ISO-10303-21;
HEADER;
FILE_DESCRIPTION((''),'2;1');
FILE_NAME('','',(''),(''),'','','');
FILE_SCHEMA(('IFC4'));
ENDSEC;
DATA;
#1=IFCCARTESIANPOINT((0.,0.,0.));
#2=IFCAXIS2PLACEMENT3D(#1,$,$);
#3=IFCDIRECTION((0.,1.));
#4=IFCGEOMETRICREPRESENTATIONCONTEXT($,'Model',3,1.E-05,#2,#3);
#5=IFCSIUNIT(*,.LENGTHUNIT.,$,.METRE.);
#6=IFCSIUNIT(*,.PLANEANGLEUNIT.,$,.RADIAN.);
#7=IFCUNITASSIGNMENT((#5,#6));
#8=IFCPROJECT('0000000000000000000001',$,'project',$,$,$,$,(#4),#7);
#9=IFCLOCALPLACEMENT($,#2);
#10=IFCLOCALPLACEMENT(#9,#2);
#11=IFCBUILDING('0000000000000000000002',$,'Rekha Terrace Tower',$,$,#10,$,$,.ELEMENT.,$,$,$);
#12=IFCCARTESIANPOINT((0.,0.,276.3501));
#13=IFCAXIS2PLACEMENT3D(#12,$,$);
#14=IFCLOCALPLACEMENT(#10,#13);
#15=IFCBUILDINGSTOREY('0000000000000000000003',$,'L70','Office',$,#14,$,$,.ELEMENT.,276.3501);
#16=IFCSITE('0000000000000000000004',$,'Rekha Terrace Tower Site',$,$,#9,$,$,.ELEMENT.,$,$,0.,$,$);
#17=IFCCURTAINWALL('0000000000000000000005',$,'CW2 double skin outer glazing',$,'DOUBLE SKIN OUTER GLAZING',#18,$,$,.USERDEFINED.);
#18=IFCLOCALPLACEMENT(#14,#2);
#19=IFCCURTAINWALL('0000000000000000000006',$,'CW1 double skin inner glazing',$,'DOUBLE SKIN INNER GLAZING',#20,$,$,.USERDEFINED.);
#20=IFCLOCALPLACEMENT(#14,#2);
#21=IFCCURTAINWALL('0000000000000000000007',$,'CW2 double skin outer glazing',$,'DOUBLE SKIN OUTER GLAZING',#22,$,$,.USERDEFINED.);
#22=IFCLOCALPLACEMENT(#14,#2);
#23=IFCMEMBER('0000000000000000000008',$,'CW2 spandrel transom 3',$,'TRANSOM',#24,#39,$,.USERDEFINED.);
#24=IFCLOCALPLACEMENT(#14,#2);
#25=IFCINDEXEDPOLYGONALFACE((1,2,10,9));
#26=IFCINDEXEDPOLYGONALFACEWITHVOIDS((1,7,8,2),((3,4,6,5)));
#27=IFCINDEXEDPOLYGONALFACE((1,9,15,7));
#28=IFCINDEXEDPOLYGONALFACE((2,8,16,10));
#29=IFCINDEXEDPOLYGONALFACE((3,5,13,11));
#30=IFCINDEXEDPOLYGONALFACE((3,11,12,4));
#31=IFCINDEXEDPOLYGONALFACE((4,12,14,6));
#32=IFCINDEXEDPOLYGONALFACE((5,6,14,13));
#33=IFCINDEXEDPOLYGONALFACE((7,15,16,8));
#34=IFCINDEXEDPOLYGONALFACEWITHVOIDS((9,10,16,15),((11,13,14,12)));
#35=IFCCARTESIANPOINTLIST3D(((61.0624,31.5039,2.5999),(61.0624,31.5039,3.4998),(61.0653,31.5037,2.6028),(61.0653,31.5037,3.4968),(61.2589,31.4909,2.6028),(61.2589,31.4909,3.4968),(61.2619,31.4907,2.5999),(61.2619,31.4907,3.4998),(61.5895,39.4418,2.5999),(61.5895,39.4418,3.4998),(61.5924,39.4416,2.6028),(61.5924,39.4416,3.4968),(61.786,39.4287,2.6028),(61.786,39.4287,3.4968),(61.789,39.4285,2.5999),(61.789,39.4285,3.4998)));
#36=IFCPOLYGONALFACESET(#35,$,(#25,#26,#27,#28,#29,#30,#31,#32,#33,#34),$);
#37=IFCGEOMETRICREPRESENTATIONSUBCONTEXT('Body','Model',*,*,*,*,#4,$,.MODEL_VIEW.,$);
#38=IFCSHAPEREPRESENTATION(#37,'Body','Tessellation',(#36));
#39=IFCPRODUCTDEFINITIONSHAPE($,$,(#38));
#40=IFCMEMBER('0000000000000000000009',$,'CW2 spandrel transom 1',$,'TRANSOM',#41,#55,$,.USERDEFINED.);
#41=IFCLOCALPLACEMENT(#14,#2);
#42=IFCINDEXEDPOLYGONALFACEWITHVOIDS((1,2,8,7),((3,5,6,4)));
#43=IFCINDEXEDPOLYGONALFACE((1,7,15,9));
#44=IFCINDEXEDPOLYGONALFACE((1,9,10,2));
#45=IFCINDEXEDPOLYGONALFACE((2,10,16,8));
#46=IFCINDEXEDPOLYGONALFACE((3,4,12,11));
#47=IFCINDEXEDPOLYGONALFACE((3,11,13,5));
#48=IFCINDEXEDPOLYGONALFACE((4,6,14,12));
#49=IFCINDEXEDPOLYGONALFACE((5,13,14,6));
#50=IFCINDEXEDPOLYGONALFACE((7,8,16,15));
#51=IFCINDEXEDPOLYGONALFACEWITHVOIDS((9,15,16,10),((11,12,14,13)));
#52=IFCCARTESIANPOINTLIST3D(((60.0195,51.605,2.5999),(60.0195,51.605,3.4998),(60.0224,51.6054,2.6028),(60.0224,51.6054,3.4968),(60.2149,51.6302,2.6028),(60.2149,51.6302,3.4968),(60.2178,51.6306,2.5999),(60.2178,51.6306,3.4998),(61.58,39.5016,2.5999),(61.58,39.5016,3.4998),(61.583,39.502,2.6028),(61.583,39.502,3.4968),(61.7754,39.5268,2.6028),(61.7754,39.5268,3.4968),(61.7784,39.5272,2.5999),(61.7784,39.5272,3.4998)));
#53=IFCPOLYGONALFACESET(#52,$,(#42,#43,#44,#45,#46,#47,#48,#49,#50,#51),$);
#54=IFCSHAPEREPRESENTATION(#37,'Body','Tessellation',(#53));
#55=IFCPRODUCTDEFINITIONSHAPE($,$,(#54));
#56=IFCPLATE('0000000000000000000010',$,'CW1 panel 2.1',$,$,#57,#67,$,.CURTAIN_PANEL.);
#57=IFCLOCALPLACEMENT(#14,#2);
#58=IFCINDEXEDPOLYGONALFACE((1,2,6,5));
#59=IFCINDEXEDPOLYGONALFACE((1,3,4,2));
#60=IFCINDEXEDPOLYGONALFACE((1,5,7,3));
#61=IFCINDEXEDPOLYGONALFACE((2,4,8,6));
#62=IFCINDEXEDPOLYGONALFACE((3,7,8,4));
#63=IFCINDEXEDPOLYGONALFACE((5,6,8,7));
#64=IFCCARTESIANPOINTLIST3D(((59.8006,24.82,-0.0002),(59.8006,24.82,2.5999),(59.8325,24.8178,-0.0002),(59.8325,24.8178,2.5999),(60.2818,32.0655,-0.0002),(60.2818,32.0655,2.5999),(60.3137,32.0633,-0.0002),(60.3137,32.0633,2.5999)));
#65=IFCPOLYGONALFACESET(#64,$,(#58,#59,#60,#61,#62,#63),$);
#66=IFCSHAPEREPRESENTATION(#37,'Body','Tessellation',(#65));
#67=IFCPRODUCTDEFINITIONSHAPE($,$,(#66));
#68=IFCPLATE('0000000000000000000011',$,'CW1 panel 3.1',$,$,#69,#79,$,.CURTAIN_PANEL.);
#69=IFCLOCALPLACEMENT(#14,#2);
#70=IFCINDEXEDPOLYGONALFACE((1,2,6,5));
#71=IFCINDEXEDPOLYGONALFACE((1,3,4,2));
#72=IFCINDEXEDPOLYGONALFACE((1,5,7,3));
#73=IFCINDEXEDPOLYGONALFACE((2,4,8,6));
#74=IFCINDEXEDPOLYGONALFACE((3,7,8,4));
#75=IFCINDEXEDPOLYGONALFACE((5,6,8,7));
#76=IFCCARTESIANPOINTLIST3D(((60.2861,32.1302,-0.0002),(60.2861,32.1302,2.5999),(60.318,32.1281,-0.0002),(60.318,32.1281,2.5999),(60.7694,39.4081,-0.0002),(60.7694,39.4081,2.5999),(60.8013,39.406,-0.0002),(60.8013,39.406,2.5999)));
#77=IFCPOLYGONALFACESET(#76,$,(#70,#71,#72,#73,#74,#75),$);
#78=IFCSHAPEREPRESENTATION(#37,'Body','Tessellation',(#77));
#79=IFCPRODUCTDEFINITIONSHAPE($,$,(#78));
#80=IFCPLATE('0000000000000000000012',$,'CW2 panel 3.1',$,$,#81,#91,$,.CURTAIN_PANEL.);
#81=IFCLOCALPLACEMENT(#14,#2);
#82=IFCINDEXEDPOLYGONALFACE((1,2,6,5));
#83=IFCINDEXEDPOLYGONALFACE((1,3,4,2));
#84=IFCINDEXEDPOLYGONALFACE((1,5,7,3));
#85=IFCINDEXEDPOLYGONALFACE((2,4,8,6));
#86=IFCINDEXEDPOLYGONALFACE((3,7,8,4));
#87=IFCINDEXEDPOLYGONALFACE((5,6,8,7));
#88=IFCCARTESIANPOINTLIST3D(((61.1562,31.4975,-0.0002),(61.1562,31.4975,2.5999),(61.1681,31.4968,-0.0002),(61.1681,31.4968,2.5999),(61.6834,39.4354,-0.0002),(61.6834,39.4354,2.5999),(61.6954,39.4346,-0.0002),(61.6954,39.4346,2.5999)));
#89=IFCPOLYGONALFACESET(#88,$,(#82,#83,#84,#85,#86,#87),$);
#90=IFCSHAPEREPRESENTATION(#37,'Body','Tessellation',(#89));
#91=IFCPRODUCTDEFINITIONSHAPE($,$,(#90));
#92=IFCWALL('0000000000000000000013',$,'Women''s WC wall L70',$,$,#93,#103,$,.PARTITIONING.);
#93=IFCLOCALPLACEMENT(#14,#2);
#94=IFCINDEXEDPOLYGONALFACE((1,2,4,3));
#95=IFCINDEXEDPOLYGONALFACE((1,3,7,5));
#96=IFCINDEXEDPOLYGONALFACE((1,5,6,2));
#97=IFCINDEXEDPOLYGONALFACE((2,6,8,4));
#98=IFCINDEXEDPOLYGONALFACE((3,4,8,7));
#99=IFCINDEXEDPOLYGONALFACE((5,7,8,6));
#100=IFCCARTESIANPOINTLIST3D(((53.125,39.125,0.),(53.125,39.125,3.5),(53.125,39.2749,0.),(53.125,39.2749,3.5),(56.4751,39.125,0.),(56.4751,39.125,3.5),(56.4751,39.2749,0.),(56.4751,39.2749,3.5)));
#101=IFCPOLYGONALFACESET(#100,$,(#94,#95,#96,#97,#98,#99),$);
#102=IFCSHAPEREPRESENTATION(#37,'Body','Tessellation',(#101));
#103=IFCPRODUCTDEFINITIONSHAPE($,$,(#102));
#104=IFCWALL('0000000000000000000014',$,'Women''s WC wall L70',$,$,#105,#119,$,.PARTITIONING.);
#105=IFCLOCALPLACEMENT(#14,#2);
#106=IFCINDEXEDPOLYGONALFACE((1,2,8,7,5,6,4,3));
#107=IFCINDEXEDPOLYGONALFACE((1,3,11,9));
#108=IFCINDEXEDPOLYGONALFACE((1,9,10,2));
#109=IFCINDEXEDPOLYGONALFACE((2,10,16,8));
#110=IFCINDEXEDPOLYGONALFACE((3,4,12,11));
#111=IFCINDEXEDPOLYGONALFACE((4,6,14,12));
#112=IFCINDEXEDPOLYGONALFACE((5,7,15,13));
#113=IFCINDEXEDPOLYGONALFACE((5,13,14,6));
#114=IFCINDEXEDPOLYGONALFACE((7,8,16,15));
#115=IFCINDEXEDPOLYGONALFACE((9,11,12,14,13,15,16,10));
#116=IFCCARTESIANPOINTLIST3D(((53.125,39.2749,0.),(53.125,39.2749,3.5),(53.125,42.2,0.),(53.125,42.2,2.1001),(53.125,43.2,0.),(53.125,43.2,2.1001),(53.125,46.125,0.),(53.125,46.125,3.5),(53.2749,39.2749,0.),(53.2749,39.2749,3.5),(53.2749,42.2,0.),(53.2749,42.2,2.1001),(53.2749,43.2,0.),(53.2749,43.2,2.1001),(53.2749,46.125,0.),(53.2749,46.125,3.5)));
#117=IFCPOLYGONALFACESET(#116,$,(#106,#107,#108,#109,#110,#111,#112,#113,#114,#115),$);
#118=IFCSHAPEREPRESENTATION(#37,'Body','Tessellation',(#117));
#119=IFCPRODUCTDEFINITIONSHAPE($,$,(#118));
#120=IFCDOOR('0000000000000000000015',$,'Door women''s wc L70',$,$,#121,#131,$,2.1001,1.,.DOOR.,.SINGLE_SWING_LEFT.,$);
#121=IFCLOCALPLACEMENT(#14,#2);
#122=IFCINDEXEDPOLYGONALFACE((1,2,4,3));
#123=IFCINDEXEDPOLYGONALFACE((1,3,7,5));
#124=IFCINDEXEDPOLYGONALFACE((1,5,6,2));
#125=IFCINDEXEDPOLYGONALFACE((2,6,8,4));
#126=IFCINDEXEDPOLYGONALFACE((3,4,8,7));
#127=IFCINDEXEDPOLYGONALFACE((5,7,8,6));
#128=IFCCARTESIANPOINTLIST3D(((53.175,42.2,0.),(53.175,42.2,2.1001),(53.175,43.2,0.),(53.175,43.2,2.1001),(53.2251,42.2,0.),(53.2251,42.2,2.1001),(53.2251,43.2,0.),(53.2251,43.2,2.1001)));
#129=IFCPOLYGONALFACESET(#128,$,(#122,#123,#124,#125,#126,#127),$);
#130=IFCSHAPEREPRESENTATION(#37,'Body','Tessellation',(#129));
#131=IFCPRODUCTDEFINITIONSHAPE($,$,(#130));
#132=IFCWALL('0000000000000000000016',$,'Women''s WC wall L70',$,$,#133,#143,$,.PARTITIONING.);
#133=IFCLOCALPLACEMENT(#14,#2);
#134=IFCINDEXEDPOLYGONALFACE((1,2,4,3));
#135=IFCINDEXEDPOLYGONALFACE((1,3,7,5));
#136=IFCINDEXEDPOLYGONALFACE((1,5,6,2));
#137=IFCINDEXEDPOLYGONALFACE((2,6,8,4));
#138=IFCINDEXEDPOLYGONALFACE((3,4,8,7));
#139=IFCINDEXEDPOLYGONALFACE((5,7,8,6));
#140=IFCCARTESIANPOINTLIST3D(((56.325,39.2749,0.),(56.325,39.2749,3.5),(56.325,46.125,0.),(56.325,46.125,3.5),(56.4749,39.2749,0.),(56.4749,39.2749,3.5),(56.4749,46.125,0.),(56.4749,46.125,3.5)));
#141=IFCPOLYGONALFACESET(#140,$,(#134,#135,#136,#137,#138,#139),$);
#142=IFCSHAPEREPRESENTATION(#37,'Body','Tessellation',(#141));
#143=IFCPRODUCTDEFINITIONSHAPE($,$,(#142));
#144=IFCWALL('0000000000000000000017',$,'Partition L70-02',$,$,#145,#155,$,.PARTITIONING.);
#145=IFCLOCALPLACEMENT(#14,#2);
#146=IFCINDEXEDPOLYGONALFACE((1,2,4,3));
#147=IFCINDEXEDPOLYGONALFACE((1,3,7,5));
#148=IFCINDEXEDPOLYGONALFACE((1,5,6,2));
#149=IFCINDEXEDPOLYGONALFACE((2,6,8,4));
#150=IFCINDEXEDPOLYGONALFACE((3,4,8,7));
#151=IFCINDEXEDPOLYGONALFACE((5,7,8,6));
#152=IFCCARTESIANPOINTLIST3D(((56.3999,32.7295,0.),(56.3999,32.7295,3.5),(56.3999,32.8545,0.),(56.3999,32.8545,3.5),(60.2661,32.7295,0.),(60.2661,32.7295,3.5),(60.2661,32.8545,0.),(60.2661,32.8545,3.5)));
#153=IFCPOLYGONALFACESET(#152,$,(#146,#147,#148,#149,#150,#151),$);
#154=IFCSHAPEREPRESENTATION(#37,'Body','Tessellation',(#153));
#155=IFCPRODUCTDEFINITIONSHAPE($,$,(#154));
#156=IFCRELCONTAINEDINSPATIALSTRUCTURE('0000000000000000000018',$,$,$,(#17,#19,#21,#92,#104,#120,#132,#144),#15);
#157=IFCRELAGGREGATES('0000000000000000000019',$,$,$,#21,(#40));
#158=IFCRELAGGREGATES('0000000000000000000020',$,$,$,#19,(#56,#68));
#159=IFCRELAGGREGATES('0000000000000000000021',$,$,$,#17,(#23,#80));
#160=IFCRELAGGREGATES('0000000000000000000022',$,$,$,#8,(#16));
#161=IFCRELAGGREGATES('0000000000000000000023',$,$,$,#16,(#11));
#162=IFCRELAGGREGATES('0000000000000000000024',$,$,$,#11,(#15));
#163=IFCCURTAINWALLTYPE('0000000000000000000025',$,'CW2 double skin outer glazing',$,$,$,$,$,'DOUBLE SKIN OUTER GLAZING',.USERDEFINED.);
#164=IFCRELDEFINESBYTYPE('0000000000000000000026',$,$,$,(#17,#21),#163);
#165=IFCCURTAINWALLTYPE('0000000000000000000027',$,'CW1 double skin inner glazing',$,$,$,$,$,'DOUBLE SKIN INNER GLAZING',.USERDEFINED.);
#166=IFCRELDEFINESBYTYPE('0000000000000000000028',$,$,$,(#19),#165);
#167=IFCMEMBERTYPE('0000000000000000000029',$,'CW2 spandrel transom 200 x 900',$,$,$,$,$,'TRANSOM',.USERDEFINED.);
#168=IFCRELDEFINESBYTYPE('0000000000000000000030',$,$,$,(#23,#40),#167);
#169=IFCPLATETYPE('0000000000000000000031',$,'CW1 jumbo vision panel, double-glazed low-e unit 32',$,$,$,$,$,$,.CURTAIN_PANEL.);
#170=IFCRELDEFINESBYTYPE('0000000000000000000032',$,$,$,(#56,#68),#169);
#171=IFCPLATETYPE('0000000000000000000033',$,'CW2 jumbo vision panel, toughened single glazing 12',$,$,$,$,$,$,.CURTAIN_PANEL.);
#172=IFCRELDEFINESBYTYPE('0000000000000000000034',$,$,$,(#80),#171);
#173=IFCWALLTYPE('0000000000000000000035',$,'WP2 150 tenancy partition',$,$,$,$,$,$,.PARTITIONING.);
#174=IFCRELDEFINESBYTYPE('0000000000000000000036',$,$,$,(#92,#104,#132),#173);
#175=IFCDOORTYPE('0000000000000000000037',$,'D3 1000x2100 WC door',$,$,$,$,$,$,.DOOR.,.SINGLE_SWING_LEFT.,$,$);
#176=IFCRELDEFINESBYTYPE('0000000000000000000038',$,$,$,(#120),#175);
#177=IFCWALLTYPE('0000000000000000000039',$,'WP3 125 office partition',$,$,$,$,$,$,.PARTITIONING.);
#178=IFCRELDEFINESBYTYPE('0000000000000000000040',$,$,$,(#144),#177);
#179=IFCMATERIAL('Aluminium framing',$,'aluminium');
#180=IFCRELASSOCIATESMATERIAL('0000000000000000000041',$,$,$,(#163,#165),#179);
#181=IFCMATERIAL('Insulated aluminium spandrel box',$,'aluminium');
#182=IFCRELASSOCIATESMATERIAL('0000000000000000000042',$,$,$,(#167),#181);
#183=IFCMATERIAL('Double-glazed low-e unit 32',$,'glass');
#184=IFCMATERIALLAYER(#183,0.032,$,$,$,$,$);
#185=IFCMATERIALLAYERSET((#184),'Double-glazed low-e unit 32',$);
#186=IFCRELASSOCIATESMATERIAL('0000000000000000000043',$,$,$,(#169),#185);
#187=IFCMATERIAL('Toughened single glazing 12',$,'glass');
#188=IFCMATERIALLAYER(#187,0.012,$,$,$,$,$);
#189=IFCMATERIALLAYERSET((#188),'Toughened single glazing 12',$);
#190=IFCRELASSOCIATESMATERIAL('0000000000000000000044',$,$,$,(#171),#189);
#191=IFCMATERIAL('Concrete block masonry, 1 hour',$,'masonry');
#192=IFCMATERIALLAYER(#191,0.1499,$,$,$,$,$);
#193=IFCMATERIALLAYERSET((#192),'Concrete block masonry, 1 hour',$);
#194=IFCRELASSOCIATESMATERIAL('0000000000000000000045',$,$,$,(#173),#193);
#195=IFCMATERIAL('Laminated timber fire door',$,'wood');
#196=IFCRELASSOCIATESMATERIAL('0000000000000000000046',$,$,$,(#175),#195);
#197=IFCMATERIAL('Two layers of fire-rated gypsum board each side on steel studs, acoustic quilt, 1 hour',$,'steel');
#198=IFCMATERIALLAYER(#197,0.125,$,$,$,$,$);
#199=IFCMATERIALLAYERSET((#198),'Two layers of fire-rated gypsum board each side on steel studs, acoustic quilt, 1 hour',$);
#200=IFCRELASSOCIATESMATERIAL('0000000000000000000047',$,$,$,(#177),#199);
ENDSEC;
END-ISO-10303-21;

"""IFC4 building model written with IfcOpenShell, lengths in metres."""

from ifc_helpers import new_model, si_unit, direction, frame, frame_2d, origin, origin_2d, place, context, subcontext, project, spatial, rectangle, hollow_rectangle, extrude, material, layer, layer_set, material_profile, profile_set, type_object, element, fill, aggregate, save


model = new_model("IFC4")

# Units and contexts
model_context = context("Model", 3, precision=1e-05, world=origin(), true_north=direction((0.0, 1.0)))
body_context = subcontext(model_context, "Body", "Model", "MODEL_VIEW")
ifc_project = project(units=[si_unit("LENGTHUNIT", "METRE"), si_unit("PLANEANGLEUNIT", "RADIAN")], contexts=[model_context])

# Site, building, storey
site_placement = place(None, origin())
site = spatial("IfcSite", under=ifc_project, at=site_placement, Name="Rekha Terrace Tower Site", CompositionType="ELEMENT", RefElevation=0.0)
building_placement = place(site_placement, origin())
building = spatial("IfcBuilding", under=site, at=building_placement, Name="Rekha Terrace Tower", CompositionType="ELEMENT")
storey_placement = place(building_placement, frame((0.0, 0.0, 276.3501)))
storey = spatial("IfcBuildingStorey", under=building, at=storey_placement, Name="L70", Description="Office", CompositionType="ELEMENT", Elevation=276.3501)

# Curtain walls
ifc_material_1 = material(Name="Aluminium framing", Category="aluminium")
curtain_wall_type_1 = type_object("IfcCurtainWallType", Name="CW2 double skin outer glazing", ElementType="DOUBLE SKIN OUTER GLAZING", PredefinedType="USERDEFINED", material=ifc_material_1)
curtain_wall_1_placement = place(storey_placement, origin())
curtain_wall_1 = element("IfcCurtainWall", 1, at=curtain_wall_1_placement, inside=storey, type_object=curtain_wall_type_1, Name="CW2 double skin outer glazing", ObjectType="DOUBLE SKIN OUTER GLAZING", PredefinedType="USERDEFINED")
curtain_wall_type_2 = type_object("IfcCurtainWallType", Name="CW1 double skin inner glazing", ElementType="DOUBLE SKIN INNER GLAZING", PredefinedType="USERDEFINED", material=ifc_material_1)
curtain_wall_2_placement = place(storey_placement, origin())
curtain_wall_2 = element("IfcCurtainWall", 2, at=curtain_wall_2_placement, inside=storey, type_object=curtain_wall_type_2, Name="CW1 double skin inner glazing", ObjectType="DOUBLE SKIN INNER GLAZING", PredefinedType="USERDEFINED")

# Shared definitions
ifc_material_2 = material(Name="Insulated aluminium spandrel box", Category="aluminium")

# Curtain wall
curtain_wall_3_placement = place(storey_placement, origin())
curtain_wall_3 = element("IfcCurtainWall", 3, at=curtain_wall_3_placement, inside=storey, type_object=curtain_wall_type_1, Name="CW2 double skin outer glazing", ObjectType="DOUBLE SKIN OUTER GLAZING", PredefinedType="USERDEFINED")

# Members
ifc_material_profile_1 = material_profile(ifc_material_2, hollow_rectangle(XDim=0.2, YDim=0.8999, WallThickness=0.0029, at=origin_2d()), Name="AL SPANDREL BOX 200x900")
ifc_profile_set_1 = profile_set([ifc_material_profile_1], Name="Insulated aluminium spandrel box")
member_type_1 = type_object("IfcMemberType", Name="CW2 spandrel transom 200 x 900", ElementType="TRANSOM", PredefinedType="USERDEFINED", material=ifc_profile_set_1)
member_1_placement = place(storey_placement, frame((61.1621, 31.4973, 3.0498), z_axis=(0.066258, 0.997803, 0.0), x_axis=(-0.997803, 0.066258, 0.0)))
member_1 = element("IfcMember", 4, at=member_1_placement, type_object=member_type_1, Name="CW2 spandrel transom 3", ObjectType="TRANSOM", PredefinedType="USERDEFINED", context=body_context, shape_type="SweptSolid", body=[
    extrude(hollow_rectangle(XDim=0.2, YDim=0.8999, WallThickness=0.0029, at=origin_2d()), origin(), (0.0, 0.0, 1.0), 7.9553),
])
member_2_placement = place(storey_placement, frame((61.6792, 39.5144, 3.0498), z_axis=(-0.127875, 0.99179, 0.0), x_axis=(-0.99179, -0.127875, 0.0)))
member_2 = element("IfcMember", 5, at=member_2_placement, type_object=member_type_1, Name="CW2 spandrel transom 1", ObjectType="TRANSOM", PredefinedType="USERDEFINED", context=body_context, shape_type="SweptSolid", body=[
    extrude(hollow_rectangle(XDim=0.2, YDim=0.8999, WallThickness=0.0029, at=origin_2d()), origin(), (0.0, 0.0, 1.0), 12.2036),
])
aggregate(curtain_wall_3, [member_2])

# Plates
ifc_material_3 = material(Name="Double-glazed low-e unit 32", Category="glass")
ifc_layer_1 = layer(ifc_material_3, 0.032)
ifc_layer_set_1 = layer_set([ifc_layer_1], Name="Double-glazed low-e unit 32")
plate_type_1 = type_object("IfcPlateType", Name="CW1 jumbo vision panel, double-glazed low-e unit 32", PredefinedType="CURTAIN_PANEL", material=ifc_layer_set_1)
plate_1_placement = place(storey_placement, frame((60.0571, 28.4417, -0.0002), z_axis=(0.0, 0.0, 1.0), x_axis=(0.066272, 0.997802, 0.0)))
plate_1 = element("IfcPlate", 6, at=plate_1_placement, type_object=plate_type_1, Name="CW1 panel 2.1", PredefinedType="CURTAIN_PANEL", context=body_context, shape_type="SweptSolid", body=[
    extrude(rectangle(XDim=7.2615, YDim=0.032, at=origin_2d()), origin(), (0.0, 0.0, 1.0), 2.6001),
])
plate_2_placement = place(storey_placement, frame((60.5437, 35.7681, -0.0002), z_axis=(0.0, 0.0, 1.0), x_axis=(0.066272, 0.997802, 0.0)))
plate_2 = element("IfcPlate", 7, at=plate_2_placement, type_object=plate_type_1, Name="CW1 panel 3.1", PredefinedType="CURTAIN_PANEL", context=body_context, shape_type="SweptSolid", body=[
    extrude(rectangle(XDim=7.2939, YDim=0.032, at=origin_2d()), origin(), (0.0, 0.0, 1.0), 2.6001),
])
aggregate(curtain_wall_2, [plate_1, plate_2])
ifc_material_4 = material(Name="Toughened single glazing 12", Category="glass")
ifc_layer_2 = layer(ifc_material_4, 0.012)
ifc_layer_set_2 = layer_set([ifc_layer_2], Name="Toughened single glazing 12")
plate_type_2 = type_object("IfcPlateType", Name="CW2 jumbo vision panel, toughened single glazing 12", PredefinedType="CURTAIN_PANEL", material=ifc_layer_set_2)
plate_3_placement = place(storey_placement, frame((61.4258, 35.4661, -0.0002), z_axis=(0.0, 0.0, 1.0), x_axis=(0.066272, 0.997802, 0.0)))
plate_3 = element("IfcPlate", 8, at=plate_3_placement, type_object=plate_type_2, Name="CW2 panel 3.1", PredefinedType="CURTAIN_PANEL", context=body_context, shape_type="SweptSolid", body=[
    extrude(rectangle(XDim=7.9553, YDim=0.012, at=origin_2d()), origin(), (0.0, 0.0, 1.0), 2.6001),
])
aggregate(curtain_wall_1, [member_1, plate_3])

# Wall
ifc_material_5 = material(Name="Concrete block masonry, 1 hour", Category="masonry")
ifc_layer_3 = layer(ifc_material_5, 0.1499)
ifc_layer_set_3 = layer_set([ifc_layer_3], Name="Concrete block masonry, 1 hour")
wall_type_1 = type_object("IfcWallType", Name="WP2 150 tenancy partition", PredefinedType="PARTITIONING", material=ifc_layer_set_3)
wall_1_placement = place(storey_placement, frame((53.125, 39.2, 0.0), z_axis=(0.0, 0.0, 1.0), x_axis=(1.0, 0.0, 0.0)))
element("IfcWall", 9, at=wall_1_placement, inside=storey, type_object=wall_type_1, Name="Women's WC wall L70", PredefinedType="PARTITIONING", context=body_context, shape_type="SweptSolid", body=[
    extrude(rectangle(XDim=3.3501, YDim=0.1499, at=frame_2d((1.675, 0.0))), origin(), (0.0, 0.0, 1.0), 3.5),
])

# Wall, opening, door
wall_2_placement = place(storey_placement, frame((53.2, 39.2749, 0.0), z_axis=(0.0, 0.0, 1.0), x_axis=(0.0, 1.0, 0.0)))
wall_2 = element("IfcWall", 10, at=wall_2_placement, inside=storey, type_object=wall_type_1, Name="Women's WC wall L70", PredefinedType="PARTITIONING", context=body_context, shape_type="SweptSolid", body=[
    extrude(rectangle(XDim=6.8501, YDim=0.1499, at=frame_2d((3.425, 0.0))), origin(), (0.0, 0.0, 1.0), 3.5),
])
opening_1_placement = place(wall_2_placement, frame((2.925, 0.0, 0.0)))
opening_1 = element("IfcOpeningElement", 11, at=opening_1_placement, cuts=wall_2, PredefinedType="OPENING", context=body_context, shape_type="SweptSolid", body=[
    extrude(rectangle(XDim=1.0, YDim=2.1001, at=frame_2d((0.5, 1.05))), frame((0.0, 0.085, 0.0), z_axis=(0.0, -1.0, 0.0), x_axis=(1.0, 0.0, 0.0)), (0.0, 0.0, 1.0), 0.1699),
])
ifc_material_6 = material(Name="Laminated timber fire door", Category="wood")
door_type_1 = type_object("IfcDoorType", Name="D3 1000x2100 WC door", OperationType="SINGLE_SWING_LEFT", PredefinedType="DOOR", material=ifc_material_6)
door_1_placement = place(opening_1_placement, origin())
door_1 = element("IfcDoor", 12, at=door_1_placement, inside=storey, type_object=door_type_1, Name="Door women's wc L70", OperationType="SINGLE_SWING_LEFT", OverallHeight=2.1001, OverallWidth=1.0, PredefinedType="DOOR", context=body_context, shape_type="SweptSolid", body=[
    extrude(rectangle(XDim=1.0, YDim=2.1001, at=frame_2d((0.5, 1.05))), frame((0.0, 0.0249, 0.0), z_axis=(0.0, -1.0, 0.0), x_axis=(1.0, 0.0, 0.0)), (0.0, 0.0, 1.0), 0.05),
])
fill(opening_1, door_1)

# Walls
wall_3_placement = place(storey_placement, frame((56.3999, 39.2749, 0.0), z_axis=(0.0, 0.0, 1.0), x_axis=(0.0, 1.0, 0.0)))
element("IfcWall", 13, at=wall_3_placement, inside=storey, type_object=wall_type_1, Name="Women's WC wall L70", PredefinedType="PARTITIONING", context=body_context, shape_type="SweptSolid", body=[
    extrude(rectangle(XDim=6.8501, YDim=0.1499, at=frame_2d((3.425, 0.0))), origin(), (0.0, 0.0, 1.0), 3.5),
])
ifc_material_7 = material(Name="Two layers of fire-rated gypsum board each side on steel studs, acoustic quilt, 1 hour", Category="steel")
ifc_layer_4 = layer(ifc_material_7, 0.125)
ifc_layer_set_4 = layer_set([ifc_layer_4], Name="Two layers of fire-rated gypsum board each side on steel studs, acoustic quilt, 1 hour")
wall_type_2 = type_object("IfcWallType", Name="WP3 125 office partition", PredefinedType="PARTITIONING", material=ifc_layer_set_4)
wall_4_placement = place(storey_placement, frame((60.2661, 32.792, 0.0), z_axis=(0.0, 0.0, 1.0), x_axis=(-1.0, 0.0, 0.0)))
element("IfcWall", 14, at=wall_4_placement, inside=storey, type_object=wall_type_2, Name="Partition L70-02", PredefinedType="PARTITIONING", context=body_context, shape_type="SweptSolid", body=[
    extrude(rectangle(XDim=3.8662, YDim=0.125, at=frame_2d((1.9331, 0.0))), origin(), (0.0, 0.0, 1.0), 3.5),
])

save(model, "model.ifc")
